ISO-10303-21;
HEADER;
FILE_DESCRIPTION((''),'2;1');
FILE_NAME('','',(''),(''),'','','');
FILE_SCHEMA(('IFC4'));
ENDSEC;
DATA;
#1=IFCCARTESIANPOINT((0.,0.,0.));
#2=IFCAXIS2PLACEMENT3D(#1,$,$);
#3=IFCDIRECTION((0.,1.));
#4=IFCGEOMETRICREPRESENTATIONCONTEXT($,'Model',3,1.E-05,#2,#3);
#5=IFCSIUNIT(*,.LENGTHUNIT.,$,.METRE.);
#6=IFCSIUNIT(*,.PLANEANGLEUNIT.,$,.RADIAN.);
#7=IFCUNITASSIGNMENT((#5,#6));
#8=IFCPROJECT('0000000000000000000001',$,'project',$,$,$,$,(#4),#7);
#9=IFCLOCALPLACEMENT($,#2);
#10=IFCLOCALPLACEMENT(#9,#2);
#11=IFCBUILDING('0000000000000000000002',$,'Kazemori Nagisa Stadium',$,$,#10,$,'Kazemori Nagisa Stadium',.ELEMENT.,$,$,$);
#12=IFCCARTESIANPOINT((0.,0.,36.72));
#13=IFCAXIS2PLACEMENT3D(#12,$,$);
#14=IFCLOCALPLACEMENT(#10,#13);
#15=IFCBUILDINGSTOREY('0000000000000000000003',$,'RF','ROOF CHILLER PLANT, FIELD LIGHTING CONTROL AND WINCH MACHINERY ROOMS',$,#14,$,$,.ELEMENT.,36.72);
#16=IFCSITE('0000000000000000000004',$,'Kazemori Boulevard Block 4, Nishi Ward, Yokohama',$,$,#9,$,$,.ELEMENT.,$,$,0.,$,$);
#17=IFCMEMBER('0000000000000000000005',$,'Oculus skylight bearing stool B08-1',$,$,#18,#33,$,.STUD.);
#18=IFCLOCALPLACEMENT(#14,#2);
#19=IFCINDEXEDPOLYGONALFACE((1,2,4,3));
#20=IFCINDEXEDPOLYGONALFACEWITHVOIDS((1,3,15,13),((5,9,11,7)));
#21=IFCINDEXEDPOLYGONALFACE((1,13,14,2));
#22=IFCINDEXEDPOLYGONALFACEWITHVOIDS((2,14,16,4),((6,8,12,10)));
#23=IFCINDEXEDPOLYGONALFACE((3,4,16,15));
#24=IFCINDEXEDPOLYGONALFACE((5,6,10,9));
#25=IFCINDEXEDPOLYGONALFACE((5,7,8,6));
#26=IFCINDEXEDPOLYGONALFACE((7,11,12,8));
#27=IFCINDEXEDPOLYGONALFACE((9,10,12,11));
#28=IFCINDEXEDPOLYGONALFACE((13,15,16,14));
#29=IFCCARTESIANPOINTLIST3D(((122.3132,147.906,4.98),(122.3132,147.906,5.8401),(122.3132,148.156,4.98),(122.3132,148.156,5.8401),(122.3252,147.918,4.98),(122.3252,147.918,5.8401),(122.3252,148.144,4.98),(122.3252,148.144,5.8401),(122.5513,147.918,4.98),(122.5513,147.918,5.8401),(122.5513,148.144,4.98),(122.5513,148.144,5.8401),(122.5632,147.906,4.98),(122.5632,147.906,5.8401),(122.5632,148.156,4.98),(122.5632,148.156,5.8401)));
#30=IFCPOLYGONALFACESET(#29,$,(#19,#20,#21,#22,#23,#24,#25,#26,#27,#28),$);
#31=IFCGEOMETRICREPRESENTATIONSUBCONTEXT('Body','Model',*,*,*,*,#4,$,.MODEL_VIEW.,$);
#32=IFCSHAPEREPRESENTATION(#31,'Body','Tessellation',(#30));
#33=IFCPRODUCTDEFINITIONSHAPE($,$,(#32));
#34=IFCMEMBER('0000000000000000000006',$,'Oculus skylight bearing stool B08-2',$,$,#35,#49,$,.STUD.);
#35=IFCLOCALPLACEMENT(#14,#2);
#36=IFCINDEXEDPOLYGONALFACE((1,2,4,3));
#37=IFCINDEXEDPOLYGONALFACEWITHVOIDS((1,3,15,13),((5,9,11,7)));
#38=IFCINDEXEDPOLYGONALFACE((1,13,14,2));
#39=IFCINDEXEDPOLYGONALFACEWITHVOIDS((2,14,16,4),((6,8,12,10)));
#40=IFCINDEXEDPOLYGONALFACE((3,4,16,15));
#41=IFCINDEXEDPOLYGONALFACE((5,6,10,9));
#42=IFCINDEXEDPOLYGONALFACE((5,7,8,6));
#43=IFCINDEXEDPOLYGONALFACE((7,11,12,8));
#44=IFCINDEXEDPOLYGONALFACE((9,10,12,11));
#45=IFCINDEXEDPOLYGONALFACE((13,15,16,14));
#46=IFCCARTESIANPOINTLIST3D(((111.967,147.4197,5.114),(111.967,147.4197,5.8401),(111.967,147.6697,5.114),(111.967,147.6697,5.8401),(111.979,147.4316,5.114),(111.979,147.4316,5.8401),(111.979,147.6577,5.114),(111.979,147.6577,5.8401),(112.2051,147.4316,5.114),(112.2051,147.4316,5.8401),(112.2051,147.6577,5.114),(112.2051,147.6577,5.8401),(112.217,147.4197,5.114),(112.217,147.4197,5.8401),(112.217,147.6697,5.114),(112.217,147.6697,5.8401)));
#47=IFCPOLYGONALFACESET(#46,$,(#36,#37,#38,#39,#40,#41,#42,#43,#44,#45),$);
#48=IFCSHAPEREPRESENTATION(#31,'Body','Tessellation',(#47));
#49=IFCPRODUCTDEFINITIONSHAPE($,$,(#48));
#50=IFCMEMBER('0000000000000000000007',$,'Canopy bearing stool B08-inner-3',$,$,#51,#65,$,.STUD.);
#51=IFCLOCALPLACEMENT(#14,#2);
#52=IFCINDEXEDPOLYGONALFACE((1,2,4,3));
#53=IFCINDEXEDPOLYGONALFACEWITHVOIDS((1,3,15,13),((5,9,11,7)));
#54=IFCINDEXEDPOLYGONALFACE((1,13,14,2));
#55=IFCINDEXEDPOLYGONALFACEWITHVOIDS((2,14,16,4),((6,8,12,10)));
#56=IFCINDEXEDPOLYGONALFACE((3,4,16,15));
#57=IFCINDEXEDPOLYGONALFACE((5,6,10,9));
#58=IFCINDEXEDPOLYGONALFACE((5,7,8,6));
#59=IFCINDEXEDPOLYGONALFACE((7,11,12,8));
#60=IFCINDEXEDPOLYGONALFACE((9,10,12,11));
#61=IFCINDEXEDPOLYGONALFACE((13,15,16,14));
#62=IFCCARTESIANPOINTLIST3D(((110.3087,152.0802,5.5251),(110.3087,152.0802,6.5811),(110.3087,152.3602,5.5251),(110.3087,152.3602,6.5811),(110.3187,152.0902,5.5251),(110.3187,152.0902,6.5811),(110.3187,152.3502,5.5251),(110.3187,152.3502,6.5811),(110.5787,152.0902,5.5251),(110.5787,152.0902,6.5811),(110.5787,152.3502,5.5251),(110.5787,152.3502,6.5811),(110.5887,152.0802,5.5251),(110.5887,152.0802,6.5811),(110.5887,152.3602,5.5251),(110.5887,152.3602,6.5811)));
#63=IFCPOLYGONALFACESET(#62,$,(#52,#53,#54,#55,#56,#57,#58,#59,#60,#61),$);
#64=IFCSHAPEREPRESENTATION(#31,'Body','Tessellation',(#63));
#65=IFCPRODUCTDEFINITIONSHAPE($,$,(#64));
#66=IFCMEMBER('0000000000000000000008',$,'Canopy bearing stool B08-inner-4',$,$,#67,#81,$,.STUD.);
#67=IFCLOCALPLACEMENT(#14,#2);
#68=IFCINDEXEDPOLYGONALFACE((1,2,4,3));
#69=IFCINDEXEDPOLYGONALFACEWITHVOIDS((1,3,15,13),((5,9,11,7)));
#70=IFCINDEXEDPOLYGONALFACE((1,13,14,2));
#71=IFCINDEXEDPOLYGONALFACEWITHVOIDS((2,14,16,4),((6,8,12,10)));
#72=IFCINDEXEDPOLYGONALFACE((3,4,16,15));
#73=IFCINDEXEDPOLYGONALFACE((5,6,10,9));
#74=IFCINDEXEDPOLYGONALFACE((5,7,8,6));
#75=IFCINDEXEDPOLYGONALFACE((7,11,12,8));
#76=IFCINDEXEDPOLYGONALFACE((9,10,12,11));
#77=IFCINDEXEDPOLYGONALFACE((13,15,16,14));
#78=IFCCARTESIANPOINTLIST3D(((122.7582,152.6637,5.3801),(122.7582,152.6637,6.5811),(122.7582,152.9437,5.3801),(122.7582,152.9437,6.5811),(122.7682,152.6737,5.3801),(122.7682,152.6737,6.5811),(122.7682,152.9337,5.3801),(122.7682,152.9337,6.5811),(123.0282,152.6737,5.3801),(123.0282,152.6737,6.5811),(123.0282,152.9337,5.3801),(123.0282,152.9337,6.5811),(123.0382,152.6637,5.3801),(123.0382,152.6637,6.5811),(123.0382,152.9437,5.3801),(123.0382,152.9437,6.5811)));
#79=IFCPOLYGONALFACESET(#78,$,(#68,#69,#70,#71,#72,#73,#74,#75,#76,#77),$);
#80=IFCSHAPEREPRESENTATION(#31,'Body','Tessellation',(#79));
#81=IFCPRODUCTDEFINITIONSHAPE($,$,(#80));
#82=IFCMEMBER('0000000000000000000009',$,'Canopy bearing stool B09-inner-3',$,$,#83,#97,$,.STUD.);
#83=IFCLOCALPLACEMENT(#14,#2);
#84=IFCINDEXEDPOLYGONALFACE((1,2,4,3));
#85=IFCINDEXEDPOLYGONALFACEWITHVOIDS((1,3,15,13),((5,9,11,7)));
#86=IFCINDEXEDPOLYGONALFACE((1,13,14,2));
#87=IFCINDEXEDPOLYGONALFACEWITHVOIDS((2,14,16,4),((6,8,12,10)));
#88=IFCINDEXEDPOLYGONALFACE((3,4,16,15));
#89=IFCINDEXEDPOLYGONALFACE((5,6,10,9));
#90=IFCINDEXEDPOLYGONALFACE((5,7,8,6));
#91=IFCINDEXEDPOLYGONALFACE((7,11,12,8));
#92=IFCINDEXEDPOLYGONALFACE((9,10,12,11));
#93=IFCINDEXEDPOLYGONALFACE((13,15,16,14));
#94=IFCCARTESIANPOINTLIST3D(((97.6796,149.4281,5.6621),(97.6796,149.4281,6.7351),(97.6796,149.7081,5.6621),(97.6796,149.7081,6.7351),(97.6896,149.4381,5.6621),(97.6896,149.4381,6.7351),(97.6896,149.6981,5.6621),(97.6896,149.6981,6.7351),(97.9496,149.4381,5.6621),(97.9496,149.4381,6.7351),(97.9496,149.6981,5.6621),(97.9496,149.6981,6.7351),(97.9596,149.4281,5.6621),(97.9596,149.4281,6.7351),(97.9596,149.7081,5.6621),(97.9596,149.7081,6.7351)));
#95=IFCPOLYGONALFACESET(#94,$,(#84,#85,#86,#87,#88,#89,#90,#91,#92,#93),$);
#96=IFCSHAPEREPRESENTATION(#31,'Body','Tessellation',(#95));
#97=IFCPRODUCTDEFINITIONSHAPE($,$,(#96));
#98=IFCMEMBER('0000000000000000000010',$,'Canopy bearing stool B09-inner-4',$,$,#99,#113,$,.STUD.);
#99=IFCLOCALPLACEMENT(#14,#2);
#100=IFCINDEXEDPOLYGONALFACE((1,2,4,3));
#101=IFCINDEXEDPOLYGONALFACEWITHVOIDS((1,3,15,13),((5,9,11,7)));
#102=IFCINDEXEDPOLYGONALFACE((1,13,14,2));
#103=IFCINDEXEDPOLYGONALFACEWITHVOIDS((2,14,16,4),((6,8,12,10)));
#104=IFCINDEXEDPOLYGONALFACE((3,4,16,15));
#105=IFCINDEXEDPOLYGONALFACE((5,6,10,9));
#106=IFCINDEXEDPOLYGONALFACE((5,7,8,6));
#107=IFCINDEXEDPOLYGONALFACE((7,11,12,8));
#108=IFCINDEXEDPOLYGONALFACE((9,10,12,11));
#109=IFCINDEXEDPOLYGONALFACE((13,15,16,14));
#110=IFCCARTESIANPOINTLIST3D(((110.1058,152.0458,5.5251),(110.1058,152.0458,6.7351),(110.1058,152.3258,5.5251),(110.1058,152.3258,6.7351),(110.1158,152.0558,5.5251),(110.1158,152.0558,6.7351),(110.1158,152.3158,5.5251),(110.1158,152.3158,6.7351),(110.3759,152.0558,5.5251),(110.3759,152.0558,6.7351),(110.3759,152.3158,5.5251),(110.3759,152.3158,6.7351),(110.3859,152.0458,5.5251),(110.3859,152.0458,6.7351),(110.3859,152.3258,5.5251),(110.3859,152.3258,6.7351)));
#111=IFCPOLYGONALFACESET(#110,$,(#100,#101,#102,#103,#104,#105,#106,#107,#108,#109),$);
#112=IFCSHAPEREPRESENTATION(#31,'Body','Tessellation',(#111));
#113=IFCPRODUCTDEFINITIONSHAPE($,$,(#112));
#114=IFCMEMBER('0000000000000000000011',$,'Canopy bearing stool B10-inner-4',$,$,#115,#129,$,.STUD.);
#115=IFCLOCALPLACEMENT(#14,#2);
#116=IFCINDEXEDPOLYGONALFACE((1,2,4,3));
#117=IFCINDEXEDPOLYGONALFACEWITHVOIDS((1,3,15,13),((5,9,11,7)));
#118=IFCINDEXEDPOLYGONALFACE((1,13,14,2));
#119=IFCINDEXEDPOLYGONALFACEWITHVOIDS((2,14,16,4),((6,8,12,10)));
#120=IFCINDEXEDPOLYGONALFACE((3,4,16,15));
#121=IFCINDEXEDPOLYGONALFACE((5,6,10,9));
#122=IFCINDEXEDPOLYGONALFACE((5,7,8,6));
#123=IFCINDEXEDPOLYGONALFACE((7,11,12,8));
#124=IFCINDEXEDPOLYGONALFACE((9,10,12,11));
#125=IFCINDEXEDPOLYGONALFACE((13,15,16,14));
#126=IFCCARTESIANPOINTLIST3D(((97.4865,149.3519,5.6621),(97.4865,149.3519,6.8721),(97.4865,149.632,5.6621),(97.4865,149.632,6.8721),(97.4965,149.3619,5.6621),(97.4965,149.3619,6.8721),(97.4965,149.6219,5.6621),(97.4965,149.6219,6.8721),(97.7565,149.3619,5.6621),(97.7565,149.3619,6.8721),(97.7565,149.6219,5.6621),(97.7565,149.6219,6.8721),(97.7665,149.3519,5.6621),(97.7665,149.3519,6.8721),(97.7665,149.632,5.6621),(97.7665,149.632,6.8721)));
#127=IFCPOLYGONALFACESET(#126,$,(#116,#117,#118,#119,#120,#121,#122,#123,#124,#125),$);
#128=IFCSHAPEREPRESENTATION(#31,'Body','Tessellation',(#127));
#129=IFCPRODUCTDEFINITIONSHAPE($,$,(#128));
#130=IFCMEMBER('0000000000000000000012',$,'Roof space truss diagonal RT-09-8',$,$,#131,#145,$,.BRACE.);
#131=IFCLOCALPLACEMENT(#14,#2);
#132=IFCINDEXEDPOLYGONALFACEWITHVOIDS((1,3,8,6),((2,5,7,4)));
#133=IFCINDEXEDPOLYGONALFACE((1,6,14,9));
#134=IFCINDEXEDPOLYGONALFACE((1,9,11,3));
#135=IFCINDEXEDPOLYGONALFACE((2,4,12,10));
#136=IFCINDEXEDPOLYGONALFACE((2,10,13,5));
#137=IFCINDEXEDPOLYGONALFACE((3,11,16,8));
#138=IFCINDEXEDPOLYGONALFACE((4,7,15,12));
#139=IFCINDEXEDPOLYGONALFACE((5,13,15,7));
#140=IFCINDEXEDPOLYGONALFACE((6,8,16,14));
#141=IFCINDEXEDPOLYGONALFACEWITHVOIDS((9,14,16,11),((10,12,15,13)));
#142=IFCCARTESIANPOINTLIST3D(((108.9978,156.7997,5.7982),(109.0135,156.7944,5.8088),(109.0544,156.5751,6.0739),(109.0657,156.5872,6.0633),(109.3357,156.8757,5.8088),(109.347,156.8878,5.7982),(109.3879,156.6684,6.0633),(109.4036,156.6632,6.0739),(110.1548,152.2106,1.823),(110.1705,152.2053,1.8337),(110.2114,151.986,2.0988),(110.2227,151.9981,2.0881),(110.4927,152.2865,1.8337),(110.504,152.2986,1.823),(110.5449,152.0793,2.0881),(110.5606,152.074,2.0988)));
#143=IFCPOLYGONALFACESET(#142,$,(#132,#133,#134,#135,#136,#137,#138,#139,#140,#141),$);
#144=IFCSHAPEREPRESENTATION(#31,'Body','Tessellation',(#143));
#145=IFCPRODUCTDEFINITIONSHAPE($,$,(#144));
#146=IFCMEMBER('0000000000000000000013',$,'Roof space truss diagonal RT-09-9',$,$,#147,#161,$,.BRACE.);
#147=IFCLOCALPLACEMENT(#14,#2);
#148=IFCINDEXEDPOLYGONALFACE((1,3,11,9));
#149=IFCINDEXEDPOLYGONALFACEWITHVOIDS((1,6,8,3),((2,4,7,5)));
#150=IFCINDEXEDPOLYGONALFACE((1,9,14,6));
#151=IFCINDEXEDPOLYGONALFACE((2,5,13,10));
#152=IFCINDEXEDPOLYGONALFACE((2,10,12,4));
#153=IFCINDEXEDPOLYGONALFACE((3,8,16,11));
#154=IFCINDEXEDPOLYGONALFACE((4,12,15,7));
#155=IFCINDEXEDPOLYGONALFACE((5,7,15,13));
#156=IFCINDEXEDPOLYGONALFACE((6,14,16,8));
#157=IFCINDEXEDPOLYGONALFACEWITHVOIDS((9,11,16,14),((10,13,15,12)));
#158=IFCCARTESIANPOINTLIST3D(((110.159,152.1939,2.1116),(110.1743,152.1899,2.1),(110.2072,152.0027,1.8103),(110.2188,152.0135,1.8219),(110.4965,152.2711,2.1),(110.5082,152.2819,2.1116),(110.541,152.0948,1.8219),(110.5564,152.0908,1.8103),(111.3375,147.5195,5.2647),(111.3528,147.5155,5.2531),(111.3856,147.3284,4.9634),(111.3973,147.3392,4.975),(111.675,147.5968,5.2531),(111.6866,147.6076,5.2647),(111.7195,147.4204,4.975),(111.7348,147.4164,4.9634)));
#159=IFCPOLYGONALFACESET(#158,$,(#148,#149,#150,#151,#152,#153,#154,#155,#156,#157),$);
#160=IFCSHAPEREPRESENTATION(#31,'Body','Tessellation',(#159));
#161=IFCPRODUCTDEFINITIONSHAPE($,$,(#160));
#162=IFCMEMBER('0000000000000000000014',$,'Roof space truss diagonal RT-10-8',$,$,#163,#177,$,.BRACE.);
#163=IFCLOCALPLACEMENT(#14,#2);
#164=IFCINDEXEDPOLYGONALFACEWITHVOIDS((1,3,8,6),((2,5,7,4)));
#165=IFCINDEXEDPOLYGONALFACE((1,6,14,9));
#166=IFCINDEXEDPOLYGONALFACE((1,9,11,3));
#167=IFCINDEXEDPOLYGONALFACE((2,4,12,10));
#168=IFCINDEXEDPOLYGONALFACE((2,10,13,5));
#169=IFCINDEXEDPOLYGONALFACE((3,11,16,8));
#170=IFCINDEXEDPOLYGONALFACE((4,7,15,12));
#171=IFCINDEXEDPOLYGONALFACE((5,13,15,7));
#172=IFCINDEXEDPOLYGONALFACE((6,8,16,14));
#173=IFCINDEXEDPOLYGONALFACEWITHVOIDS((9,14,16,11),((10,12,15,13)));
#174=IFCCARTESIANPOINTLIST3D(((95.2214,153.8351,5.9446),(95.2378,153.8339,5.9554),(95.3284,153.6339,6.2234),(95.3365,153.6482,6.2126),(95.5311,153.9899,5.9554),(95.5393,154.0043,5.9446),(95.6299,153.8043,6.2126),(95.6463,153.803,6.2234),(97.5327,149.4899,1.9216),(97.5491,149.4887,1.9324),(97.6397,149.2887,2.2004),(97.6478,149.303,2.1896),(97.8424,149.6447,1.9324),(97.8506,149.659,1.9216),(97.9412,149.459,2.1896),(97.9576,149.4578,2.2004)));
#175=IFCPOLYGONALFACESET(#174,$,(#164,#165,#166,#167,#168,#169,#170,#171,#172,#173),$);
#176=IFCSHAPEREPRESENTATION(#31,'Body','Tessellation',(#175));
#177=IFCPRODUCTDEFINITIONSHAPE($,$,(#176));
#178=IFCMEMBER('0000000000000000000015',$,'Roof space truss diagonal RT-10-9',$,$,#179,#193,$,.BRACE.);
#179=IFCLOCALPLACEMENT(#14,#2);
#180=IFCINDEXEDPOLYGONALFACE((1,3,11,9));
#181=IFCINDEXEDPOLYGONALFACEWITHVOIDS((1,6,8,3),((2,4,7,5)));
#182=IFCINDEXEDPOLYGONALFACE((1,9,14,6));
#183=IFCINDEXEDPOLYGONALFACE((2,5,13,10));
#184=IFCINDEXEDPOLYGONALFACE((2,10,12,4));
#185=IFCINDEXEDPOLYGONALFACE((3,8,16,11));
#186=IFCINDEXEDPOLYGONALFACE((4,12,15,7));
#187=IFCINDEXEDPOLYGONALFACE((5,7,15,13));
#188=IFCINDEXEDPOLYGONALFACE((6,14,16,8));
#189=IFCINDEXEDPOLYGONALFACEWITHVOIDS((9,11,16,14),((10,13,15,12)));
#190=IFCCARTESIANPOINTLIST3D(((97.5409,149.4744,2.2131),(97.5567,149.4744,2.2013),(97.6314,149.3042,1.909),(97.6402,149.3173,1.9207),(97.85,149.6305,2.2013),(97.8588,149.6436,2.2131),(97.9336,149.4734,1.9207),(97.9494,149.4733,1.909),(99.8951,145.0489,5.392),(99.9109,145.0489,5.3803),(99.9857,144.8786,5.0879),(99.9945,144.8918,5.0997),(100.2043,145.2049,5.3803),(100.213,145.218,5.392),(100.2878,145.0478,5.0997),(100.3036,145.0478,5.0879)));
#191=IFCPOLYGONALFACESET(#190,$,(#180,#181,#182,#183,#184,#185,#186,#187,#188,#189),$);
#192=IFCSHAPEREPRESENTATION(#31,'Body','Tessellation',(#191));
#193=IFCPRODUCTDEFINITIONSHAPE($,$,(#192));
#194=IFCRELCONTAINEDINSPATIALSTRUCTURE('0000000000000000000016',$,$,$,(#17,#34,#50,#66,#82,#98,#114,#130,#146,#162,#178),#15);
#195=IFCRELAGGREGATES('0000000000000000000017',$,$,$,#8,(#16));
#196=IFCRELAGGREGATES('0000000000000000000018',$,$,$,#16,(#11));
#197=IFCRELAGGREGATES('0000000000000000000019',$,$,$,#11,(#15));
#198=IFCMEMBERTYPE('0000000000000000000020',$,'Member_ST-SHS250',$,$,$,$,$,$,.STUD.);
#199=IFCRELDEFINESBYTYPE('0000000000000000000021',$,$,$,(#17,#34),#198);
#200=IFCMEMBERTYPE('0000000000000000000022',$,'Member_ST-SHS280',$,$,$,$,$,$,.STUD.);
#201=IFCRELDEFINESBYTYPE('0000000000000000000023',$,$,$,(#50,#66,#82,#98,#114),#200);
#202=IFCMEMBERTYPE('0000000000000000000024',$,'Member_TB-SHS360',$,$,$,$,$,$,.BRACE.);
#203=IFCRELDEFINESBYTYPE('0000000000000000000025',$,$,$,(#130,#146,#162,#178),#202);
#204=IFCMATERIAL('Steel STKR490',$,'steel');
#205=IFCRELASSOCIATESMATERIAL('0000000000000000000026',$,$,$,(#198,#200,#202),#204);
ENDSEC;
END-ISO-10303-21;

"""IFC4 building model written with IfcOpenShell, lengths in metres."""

from ifc_helpers import new_model, si_unit, direction, frame, origin, origin_2d, place, context, subcontext, project, spatial, hollow_rectangle, extrude, material, material_profile, profile_set, type_object, element, save


model = new_model("IFC4")

# Units and contexts
model_context = context("Model", 3, precision=1e-05, world=origin(), true_north=direction((0.0, 1.0)))
body_context = subcontext(model_context, "Body", "Model", "MODEL_VIEW")
ifc_project = project(units=[si_unit("LENGTHUNIT", "METRE"), si_unit("PLANEANGLEUNIT", "RADIAN")], contexts=[model_context])

# Site, building, storey
site_placement = place(None, origin())
site = spatial("IfcSite", under=ifc_project, at=site_placement, Name="Kazemori Boulevard Block 4, Nishi Ward, Yokohama", CompositionType="ELEMENT", RefElevation=0.0)
building_placement = place(site_placement, origin())
building = spatial("IfcBuilding", under=site, at=building_placement, Name="Kazemori Nagisa Stadium", LongName="Kazemori Nagisa Stadium", CompositionType="ELEMENT")
storey_placement = place(building_placement, frame((0.0, 0.0, 36.72)))
storey = spatial("IfcBuildingStorey", under=building, at=storey_placement, Name="RF", Description="ROOF CHILLER PLANT, FIELD LIGHTING CONTROL AND WINCH MACHINERY ROOMS", CompositionType="ELEMENT", Elevation=36.72)

# Members
ifc_material = material(Name="Steel STKR490", Category="steel")
ifc_material_profile_1 = material_profile(ifc_material, hollow_rectangle(XDim=0.25, YDim=0.25, WallThickness=0.012, at=origin_2d()), Name="SHS-250x250x12")
ifc_profile_set_1 = profile_set([ifc_material_profile_1], Name="Steel STKR490")
member_type_1 = type_object("IfcMemberType", Name="Member_ST-SHS250", PredefinedType="STUD", material=ifc_profile_set_1)
member_1_placement = place(storey_placement, frame((122.4382, 148.031, 4.98), z_axis=(0.0, 0.0, 1.0), x_axis=(1.0, 0.0, 0.0)))
element("IfcMember", 1, at=member_1_placement, inside=storey, type_object=member_type_1, Name="Oculus skylight bearing stool B08-1", PredefinedType="STUD", context=body_context, shape_type="SweptSolid", body=[
    extrude(hollow_rectangle(XDim=0.25, YDim=0.25, WallThickness=0.012, at=origin_2d()), origin(), (0.0, 0.0, 1.0), 0.8601),
])
member_2_placement = place(storey_placement, frame((112.092, 147.5447, 5.114), z_axis=(0.0, 0.0, 1.0), x_axis=(1.0, 0.0, 0.0)))
element("IfcMember", 2, at=member_2_placement, inside=storey, type_object=member_type_1, Name="Oculus skylight bearing stool B08-2", PredefinedType="STUD", context=body_context, shape_type="SweptSolid", body=[
    extrude(hollow_rectangle(XDim=0.25, YDim=0.25, WallThickness=0.012, at=origin_2d()), origin(), (0.0, 0.0, 1.0), 0.7261),
])
ifc_material_profile_2 = material_profile(ifc_material, hollow_rectangle(XDim=0.28, YDim=0.28, WallThickness=0.01, at=origin_2d()), Name="SHS-280x280x10")
ifc_profile_set_2 = profile_set([ifc_material_profile_2], Name="Steel STKR490")
member_type_2 = type_object("IfcMemberType", Name="Member_ST-SHS280", PredefinedType="STUD", material=ifc_profile_set_2)
member_3_placement = place(storey_placement, frame((110.4487, 152.2202, 5.5251), z_axis=(0.0, 0.0, 1.0), x_axis=(1.0, 0.0, 0.0)))
element("IfcMember", 3, at=member_3_placement, inside=storey, type_object=member_type_2, Name="Canopy bearing stool B08-inner-3", PredefinedType="STUD", context=body_context, shape_type="SweptSolid", body=[
    extrude(hollow_rectangle(XDim=0.28, YDim=0.28, WallThickness=0.01, at=origin_2d()), origin(), (0.0, 0.0, 1.0), 1.0559),
])
member_4_placement = place(storey_placement, frame((122.8982, 152.8037, 5.3801), z_axis=(0.0, 0.0, 1.0), x_axis=(1.0, 0.0, 0.0)))
element("IfcMember", 4, at=member_4_placement, inside=storey, type_object=member_type_2, Name="Canopy bearing stool B08-inner-4", PredefinedType="STUD", context=body_context, shape_type="SweptSolid", body=[
    extrude(hollow_rectangle(XDim=0.28, YDim=0.28, WallThickness=0.01, at=origin_2d()), origin(), (0.0, 0.0, 1.0), 1.2009),
])
member_5_placement = place(storey_placement, frame((97.8196, 149.5681, 5.6621), z_axis=(0.0, 0.0, 1.0), x_axis=(1.0, 0.0, 0.0)))
element("IfcMember", 5, at=member_5_placement, inside=storey, type_object=member_type_2, Name="Canopy bearing stool B09-inner-3", PredefinedType="STUD", context=body_context, shape_type="SweptSolid", body=[
    extrude(hollow_rectangle(XDim=0.28, YDim=0.28, WallThickness=0.01, at=origin_2d()), origin(), (0.0, 0.0, 1.0), 1.073),
])
for number, where, z_axis, x_axis, name in (
    (6, (110.2458, 152.1858, 5.5251), (0.0, 0.0, 1.0), (1.0, 0.0, 0.0), "Canopy bearing stool B09-inner-4"),
    (7, (97.6265, 149.4919, 5.6621), (0.0, 0.0, 1.0), (1.0, 0.0, 0.0), "Canopy bearing stool B10-inner-4"),
):
    element("IfcMember", number, at=place(storey_placement, frame(where, z_axis=z_axis, x_axis=x_axis)), inside=storey, type_object=member_type_2, Name=name, PredefinedType="STUD", context=body_context, shape_type="SweptSolid", body=[
        extrude(hollow_rectangle(XDim=0.28, YDim=0.28, WallThickness=0.01, at=origin_2d()), origin(), (0.0, 0.0, 1.0), 1.21),
    ])
ifc_material_profile_3 = material_profile(ifc_material, hollow_rectangle(XDim=0.3601, YDim=0.3601, WallThickness=0.0139, at=origin_2d()), Name="SHS-360x360x14")
ifc_profile_set_3 = profile_set([ifc_material_profile_3], Name="Steel STKR490")
member_type_3 = type_object("IfcMemberType", Name="Member_TB-SHS360", PredefinedType="BRACE", material=ifc_profile_set_3)
member_6_placement = place(storey_placement, frame((109.2007, 156.7314, 5.936), z_axis=(0.187195, -0.742501, -0.643156), x_axis=(0.969658, 0.244465, 0.0)))
element("IfcMember", 8, at=member_6_placement, inside=storey, type_object=member_type_3, Name="Roof space truss diagonal RT-09-8", PredefinedType="BRACE", context=body_context, shape_type="SweptSolid", body=[
    extrude(hollow_rectangle(XDim=0.3601, YDim=0.3601, WallThickness=0.0139, at=origin_2d()), origin(), (0.0, 0.0, 1.0), 6.1807),
])
member_7_placement = place(storey_placement, frame((110.3577, 152.1423, 1.9609), z_axis=(0.204588, -0.811485, 0.54739), x_axis=(0.969658, 0.244466, 0.0)))
element("IfcMember", 9, at=member_7_placement, inside=storey, type_object=member_type_3, Name="Roof space truss diagonal RT-09-9", PredefinedType="BRACE", context=body_context, shape_type="SweptSolid", body=[
    extrude(hollow_rectangle(XDim=0.3601, YDim=0.3601, WallThickness=0.0139, at=origin_2d()), origin(), (0.0, 0.0, 1.0), 5.7603),
])
member_8_placement = place(storey_placement, frame((95.4338, 153.8191, 6.084), z_axis=(0.3636, -0.68357, -0.632872), x_axis=(0.882873, 0.469612, 0.0)))
element("IfcMember", 10, at=member_8_placement, inside=storey, type_object=member_type_3, Name="Roof space truss diagonal RT-10-8", PredefinedType="BRACE", context=body_context, shape_type="SweptSolid", body=[
    extrude(hollow_rectangle(XDim=0.3601, YDim=0.3601, WallThickness=0.0139, at=origin_2d()), origin(), (0.0, 0.0, 1.0), 6.3567),
])
member_9_placement = place(storey_placement, frame((97.7451, 149.4739, 2.061), z_axis=(0.396619, -0.745568, 0.535557), x_axis=(0.882853, 0.46965, 0.0)))
element("IfcMember", 11, at=member_9_placement, inside=storey, type_object=member_type_3, Name="Roof space truss diagonal RT-10-9", PredefinedType="BRACE", context=body_context, shape_type="SweptSolid", body=[
    extrude(hollow_rectangle(XDim=0.3601, YDim=0.3601, WallThickness=0.0139, at=origin_2d()), origin(), (0.0, 0.0, 1.0), 5.9358),
])

save(model, "model.ifc")
